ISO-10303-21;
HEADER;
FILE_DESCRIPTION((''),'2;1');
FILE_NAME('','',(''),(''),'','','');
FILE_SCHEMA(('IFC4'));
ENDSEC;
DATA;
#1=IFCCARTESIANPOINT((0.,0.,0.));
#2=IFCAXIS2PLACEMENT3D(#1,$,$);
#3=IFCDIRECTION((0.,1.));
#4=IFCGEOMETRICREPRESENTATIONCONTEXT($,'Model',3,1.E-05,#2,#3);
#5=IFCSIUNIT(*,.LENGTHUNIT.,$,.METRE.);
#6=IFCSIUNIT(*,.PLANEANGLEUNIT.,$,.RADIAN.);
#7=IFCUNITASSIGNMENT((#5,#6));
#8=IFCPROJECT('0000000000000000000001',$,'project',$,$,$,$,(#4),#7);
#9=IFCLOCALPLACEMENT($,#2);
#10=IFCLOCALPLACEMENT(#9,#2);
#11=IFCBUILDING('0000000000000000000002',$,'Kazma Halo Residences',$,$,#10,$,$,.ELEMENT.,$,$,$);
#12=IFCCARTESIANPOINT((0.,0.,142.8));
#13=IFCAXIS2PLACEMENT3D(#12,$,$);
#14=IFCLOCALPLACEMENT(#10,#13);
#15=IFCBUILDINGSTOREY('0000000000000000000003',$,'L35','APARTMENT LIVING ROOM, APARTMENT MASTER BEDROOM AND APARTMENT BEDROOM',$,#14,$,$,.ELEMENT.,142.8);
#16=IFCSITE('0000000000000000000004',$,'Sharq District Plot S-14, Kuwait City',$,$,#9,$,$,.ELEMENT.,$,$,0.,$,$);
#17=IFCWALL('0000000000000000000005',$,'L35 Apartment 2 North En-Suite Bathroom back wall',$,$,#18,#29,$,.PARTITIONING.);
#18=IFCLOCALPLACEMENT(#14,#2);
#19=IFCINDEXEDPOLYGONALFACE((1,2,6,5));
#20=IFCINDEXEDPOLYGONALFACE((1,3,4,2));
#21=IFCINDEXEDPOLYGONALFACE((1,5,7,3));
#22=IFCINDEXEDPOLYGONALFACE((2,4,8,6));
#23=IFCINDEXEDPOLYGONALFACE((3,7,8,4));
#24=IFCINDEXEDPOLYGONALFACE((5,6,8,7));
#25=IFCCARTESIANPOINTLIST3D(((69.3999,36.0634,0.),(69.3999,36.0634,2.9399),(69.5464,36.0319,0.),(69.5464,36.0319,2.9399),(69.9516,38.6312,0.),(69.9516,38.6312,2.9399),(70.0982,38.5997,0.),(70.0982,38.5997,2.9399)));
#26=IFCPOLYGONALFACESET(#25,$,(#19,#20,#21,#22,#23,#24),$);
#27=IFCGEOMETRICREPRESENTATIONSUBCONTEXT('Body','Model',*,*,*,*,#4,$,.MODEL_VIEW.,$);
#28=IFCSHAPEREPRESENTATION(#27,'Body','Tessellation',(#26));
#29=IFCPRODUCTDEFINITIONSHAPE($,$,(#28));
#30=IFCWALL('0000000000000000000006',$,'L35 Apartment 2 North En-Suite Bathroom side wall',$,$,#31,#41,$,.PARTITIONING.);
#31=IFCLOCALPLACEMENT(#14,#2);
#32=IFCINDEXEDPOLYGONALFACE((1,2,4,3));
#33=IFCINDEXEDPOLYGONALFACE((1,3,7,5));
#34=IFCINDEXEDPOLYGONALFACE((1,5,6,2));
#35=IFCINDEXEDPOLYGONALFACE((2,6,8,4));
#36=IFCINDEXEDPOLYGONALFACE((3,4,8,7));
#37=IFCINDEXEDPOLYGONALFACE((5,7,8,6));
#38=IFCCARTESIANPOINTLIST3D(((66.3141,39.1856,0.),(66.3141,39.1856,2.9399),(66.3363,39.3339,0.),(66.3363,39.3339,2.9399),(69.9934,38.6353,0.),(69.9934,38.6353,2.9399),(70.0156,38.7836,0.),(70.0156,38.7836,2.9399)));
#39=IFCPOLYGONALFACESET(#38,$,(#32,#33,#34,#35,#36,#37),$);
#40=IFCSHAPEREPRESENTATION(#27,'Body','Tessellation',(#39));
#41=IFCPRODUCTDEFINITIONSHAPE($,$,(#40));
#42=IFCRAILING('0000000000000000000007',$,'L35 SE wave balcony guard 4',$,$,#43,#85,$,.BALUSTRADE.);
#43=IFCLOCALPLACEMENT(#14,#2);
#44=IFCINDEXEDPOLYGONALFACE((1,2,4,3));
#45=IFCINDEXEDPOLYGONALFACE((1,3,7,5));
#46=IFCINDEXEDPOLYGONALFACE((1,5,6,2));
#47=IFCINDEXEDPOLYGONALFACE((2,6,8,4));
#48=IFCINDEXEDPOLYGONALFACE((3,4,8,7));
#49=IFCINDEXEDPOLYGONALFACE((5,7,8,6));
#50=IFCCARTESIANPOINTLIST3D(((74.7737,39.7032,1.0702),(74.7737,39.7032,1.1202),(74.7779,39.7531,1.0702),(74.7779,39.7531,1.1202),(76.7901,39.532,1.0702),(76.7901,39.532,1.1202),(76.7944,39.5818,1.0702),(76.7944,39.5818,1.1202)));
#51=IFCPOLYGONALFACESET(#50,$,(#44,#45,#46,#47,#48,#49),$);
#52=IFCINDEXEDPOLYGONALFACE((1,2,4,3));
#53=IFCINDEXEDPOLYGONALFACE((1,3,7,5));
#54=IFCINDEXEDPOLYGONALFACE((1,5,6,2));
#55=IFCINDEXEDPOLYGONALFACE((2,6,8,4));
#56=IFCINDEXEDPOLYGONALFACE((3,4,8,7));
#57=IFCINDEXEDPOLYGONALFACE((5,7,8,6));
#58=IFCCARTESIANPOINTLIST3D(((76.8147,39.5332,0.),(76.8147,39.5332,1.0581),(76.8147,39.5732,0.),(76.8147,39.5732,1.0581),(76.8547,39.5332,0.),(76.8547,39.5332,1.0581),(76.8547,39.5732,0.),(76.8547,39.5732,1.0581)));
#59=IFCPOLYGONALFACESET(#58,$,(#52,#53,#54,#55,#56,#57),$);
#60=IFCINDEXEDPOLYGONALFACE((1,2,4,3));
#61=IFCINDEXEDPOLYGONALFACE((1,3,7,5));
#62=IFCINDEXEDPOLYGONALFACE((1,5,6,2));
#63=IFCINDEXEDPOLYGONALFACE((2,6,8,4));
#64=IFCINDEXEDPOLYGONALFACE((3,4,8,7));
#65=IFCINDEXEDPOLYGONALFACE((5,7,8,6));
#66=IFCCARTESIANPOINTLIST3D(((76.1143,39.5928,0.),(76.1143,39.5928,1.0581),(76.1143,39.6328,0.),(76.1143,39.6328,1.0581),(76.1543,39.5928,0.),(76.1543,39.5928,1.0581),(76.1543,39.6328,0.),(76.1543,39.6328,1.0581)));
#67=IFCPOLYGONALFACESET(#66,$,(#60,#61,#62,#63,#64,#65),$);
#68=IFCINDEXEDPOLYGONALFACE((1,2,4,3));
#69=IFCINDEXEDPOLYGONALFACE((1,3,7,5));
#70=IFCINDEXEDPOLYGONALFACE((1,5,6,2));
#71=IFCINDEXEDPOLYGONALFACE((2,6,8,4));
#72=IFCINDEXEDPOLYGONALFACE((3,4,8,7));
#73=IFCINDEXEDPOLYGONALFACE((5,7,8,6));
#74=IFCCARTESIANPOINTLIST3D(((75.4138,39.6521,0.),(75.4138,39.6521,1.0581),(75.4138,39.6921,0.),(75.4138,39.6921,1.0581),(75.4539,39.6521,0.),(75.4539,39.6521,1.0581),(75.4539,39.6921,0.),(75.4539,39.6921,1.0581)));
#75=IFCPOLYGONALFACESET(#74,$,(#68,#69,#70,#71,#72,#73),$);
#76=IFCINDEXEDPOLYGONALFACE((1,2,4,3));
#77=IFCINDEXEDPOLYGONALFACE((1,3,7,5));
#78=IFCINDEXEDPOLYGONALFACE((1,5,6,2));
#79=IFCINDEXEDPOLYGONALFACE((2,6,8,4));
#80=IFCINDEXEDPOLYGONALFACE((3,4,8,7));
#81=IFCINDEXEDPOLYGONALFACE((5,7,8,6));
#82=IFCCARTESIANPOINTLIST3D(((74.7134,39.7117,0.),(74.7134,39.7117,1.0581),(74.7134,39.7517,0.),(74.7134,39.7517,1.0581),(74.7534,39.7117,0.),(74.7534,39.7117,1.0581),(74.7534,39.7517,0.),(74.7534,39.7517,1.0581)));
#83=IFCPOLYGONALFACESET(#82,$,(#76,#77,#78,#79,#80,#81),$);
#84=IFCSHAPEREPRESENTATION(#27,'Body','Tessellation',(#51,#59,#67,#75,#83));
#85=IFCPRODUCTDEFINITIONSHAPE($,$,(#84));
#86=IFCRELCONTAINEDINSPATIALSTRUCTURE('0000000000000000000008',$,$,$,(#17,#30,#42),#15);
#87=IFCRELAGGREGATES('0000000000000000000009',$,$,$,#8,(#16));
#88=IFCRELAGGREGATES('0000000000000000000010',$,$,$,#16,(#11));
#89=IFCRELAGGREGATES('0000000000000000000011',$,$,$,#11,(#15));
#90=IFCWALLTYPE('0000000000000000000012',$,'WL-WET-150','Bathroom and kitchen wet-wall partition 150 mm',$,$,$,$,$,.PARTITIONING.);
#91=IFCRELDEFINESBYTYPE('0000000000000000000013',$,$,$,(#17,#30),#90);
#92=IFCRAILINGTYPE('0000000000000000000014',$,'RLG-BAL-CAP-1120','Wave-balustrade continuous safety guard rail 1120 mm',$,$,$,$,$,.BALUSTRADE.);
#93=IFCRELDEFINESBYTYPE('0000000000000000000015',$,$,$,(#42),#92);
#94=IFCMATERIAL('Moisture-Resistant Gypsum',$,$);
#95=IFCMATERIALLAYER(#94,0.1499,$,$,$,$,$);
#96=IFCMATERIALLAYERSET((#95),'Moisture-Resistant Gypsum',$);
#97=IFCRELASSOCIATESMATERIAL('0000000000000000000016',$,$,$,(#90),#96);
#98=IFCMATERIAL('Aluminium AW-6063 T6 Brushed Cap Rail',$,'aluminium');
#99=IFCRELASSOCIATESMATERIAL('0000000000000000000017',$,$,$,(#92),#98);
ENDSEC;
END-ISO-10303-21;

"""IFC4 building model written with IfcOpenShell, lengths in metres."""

from ifc_helpers import new_model, si_unit, direction, frame, frame_2d, origin, origin_2d, place, context, subcontext, project, spatial, rectangle, extrude, material, layer, layer_set, type_object, element, save


model = new_model("IFC4")

# Units and contexts
model_context = context("Model", 3, precision=1e-05, world=origin(), true_north=direction((0.0, 1.0)))
body_context = subcontext(model_context, "Body", "Model", "MODEL_VIEW")
ifc_project = project(units=[si_unit("LENGTHUNIT", "METRE"), si_unit("PLANEANGLEUNIT", "RADIAN")], contexts=[model_context])

# Site, building, storey
site_placement = place(None, origin())
site = spatial("IfcSite", under=ifc_project, at=site_placement, Name="Sharq District Plot S-14, Kuwait City", CompositionType="ELEMENT", RefElevation=0.0)
building_placement = place(site_placement, origin())
building = spatial("IfcBuilding", under=site, at=building_placement, Name="Kazma Halo Residences", CompositionType="ELEMENT")
storey_placement = place(building_placement, frame((0.0, 0.0, 142.8)))
storey = spatial("IfcBuildingStorey", under=building, at=storey_placement, Name="L35", Description="APARTMENT LIVING ROOM, APARTMENT MASTER BEDROOM AND APARTMENT BEDROOM", CompositionType="ELEMENT", Elevation=142.8)

# Shared definitions
ifc_material_1 = material(Name="Moisture-Resistant Gypsum")
ifc_layer_1 = layer(ifc_material_1, 0.1499)
ifc_layer_set_1 = layer_set([ifc_layer_1], Name="Moisture-Resistant Gypsum")
wall_type_1 = type_object("IfcWallType", Name="WL-WET-150", Description="Bathroom and kitchen wet-wall partition 150 mm", PredefinedType="PARTITIONING", material=ifc_layer_set_1)

# Walls
wall_1_placement = place(storey_placement, frame((69.4731, 36.0476, 0.0), z_axis=(0.0, 0.0, 1.0), x_axis=(0.210075, 0.977685, 0.0)))
element("IfcWall", 1, at=wall_1_placement, inside=storey, type_object=wall_type_1, Name="L35 Apartment 2 North En-Suite Bathroom back wall", PredefinedType="PARTITIONING", context=body_context, shape_type="SweptSolid", body=[
    extrude(rectangle(XDim=2.6265, YDim=0.1499, at=frame_2d((1.3132, 0.0))), origin(), (0.0, 0.0, 1.0), 2.9399),
])
wall_2_placement = place(storey_placement, frame((66.3252, 39.2598, 0.0), z_axis=(0.0, 0.0, 1.0), x_axis=(0.988999, -0.147923, 0.0)))
element("IfcWall", 2, at=wall_2_placement, inside=storey, type_object=wall_type_1, Name="L35 Apartment 2 North En-Suite Bathroom side wall", PredefinedType="PARTITIONING", context=body_context, shape_type="SweptSolid", body=[
    extrude(rectangle(XDim=3.7202, YDim=0.1499, at=frame_2d((1.8601, 0.0))), origin(), (0.0, 0.0, 1.0), 2.9399),
])

# Railing
ifc_material_2 = material(Name="Aluminium AW-6063 T6 Brushed Cap Rail", Category="aluminium")
railing_type = type_object("IfcRailingType", Name="RLG-BAL-CAP-1120", Description="Wave-balustrade continuous safety guard rail 1120 mm", PredefinedType="BALUSTRADE", material=ifc_material_2)
railing_placement = place(storey_placement, frame((76.8347, 39.5532, 0.0)))
element("IfcRailing", 3, at=railing_placement, inside=storey, type_object=railing_type, Name="L35 SE wave balcony guard 4", PredefinedType="BALUSTRADE", context=body_context, shape_type="SweptSolid", body=[
    extrude(rectangle(XDim=0.05, YDim=0.05, at=origin_2d()), frame((-0.0425, 0.0037, 1.0952), z_axis=(-0.996413, 0.084626, 0.0), x_axis=(-0.084626, -0.996413, 0.0)), (0.0, 0.0, 1.0), 2.0237),
    extrude(rectangle(XDim=0.04, YDim=0.04, at=origin_2d()), origin(), (0.0, 0.0, 1.0), 1.0581),
    extrude(rectangle(XDim=0.04, YDim=0.04, at=origin_2d()), frame((-0.7004, 0.0596, 0.0)), (0.0, 0.0, 1.0), 1.0581),
    extrude(rectangle(XDim=0.04, YDim=0.04, at=origin_2d()), frame((-1.4009, 0.1189, 0.0)), (0.0, 0.0, 1.0), 1.0581),
    extrude(rectangle(XDim=0.04, YDim=0.04, at=origin_2d()), frame((-2.1013, 0.1785, 0.0)), (0.0, 0.0, 1.0), 1.0581),
])

save(model, "model.ifc")
